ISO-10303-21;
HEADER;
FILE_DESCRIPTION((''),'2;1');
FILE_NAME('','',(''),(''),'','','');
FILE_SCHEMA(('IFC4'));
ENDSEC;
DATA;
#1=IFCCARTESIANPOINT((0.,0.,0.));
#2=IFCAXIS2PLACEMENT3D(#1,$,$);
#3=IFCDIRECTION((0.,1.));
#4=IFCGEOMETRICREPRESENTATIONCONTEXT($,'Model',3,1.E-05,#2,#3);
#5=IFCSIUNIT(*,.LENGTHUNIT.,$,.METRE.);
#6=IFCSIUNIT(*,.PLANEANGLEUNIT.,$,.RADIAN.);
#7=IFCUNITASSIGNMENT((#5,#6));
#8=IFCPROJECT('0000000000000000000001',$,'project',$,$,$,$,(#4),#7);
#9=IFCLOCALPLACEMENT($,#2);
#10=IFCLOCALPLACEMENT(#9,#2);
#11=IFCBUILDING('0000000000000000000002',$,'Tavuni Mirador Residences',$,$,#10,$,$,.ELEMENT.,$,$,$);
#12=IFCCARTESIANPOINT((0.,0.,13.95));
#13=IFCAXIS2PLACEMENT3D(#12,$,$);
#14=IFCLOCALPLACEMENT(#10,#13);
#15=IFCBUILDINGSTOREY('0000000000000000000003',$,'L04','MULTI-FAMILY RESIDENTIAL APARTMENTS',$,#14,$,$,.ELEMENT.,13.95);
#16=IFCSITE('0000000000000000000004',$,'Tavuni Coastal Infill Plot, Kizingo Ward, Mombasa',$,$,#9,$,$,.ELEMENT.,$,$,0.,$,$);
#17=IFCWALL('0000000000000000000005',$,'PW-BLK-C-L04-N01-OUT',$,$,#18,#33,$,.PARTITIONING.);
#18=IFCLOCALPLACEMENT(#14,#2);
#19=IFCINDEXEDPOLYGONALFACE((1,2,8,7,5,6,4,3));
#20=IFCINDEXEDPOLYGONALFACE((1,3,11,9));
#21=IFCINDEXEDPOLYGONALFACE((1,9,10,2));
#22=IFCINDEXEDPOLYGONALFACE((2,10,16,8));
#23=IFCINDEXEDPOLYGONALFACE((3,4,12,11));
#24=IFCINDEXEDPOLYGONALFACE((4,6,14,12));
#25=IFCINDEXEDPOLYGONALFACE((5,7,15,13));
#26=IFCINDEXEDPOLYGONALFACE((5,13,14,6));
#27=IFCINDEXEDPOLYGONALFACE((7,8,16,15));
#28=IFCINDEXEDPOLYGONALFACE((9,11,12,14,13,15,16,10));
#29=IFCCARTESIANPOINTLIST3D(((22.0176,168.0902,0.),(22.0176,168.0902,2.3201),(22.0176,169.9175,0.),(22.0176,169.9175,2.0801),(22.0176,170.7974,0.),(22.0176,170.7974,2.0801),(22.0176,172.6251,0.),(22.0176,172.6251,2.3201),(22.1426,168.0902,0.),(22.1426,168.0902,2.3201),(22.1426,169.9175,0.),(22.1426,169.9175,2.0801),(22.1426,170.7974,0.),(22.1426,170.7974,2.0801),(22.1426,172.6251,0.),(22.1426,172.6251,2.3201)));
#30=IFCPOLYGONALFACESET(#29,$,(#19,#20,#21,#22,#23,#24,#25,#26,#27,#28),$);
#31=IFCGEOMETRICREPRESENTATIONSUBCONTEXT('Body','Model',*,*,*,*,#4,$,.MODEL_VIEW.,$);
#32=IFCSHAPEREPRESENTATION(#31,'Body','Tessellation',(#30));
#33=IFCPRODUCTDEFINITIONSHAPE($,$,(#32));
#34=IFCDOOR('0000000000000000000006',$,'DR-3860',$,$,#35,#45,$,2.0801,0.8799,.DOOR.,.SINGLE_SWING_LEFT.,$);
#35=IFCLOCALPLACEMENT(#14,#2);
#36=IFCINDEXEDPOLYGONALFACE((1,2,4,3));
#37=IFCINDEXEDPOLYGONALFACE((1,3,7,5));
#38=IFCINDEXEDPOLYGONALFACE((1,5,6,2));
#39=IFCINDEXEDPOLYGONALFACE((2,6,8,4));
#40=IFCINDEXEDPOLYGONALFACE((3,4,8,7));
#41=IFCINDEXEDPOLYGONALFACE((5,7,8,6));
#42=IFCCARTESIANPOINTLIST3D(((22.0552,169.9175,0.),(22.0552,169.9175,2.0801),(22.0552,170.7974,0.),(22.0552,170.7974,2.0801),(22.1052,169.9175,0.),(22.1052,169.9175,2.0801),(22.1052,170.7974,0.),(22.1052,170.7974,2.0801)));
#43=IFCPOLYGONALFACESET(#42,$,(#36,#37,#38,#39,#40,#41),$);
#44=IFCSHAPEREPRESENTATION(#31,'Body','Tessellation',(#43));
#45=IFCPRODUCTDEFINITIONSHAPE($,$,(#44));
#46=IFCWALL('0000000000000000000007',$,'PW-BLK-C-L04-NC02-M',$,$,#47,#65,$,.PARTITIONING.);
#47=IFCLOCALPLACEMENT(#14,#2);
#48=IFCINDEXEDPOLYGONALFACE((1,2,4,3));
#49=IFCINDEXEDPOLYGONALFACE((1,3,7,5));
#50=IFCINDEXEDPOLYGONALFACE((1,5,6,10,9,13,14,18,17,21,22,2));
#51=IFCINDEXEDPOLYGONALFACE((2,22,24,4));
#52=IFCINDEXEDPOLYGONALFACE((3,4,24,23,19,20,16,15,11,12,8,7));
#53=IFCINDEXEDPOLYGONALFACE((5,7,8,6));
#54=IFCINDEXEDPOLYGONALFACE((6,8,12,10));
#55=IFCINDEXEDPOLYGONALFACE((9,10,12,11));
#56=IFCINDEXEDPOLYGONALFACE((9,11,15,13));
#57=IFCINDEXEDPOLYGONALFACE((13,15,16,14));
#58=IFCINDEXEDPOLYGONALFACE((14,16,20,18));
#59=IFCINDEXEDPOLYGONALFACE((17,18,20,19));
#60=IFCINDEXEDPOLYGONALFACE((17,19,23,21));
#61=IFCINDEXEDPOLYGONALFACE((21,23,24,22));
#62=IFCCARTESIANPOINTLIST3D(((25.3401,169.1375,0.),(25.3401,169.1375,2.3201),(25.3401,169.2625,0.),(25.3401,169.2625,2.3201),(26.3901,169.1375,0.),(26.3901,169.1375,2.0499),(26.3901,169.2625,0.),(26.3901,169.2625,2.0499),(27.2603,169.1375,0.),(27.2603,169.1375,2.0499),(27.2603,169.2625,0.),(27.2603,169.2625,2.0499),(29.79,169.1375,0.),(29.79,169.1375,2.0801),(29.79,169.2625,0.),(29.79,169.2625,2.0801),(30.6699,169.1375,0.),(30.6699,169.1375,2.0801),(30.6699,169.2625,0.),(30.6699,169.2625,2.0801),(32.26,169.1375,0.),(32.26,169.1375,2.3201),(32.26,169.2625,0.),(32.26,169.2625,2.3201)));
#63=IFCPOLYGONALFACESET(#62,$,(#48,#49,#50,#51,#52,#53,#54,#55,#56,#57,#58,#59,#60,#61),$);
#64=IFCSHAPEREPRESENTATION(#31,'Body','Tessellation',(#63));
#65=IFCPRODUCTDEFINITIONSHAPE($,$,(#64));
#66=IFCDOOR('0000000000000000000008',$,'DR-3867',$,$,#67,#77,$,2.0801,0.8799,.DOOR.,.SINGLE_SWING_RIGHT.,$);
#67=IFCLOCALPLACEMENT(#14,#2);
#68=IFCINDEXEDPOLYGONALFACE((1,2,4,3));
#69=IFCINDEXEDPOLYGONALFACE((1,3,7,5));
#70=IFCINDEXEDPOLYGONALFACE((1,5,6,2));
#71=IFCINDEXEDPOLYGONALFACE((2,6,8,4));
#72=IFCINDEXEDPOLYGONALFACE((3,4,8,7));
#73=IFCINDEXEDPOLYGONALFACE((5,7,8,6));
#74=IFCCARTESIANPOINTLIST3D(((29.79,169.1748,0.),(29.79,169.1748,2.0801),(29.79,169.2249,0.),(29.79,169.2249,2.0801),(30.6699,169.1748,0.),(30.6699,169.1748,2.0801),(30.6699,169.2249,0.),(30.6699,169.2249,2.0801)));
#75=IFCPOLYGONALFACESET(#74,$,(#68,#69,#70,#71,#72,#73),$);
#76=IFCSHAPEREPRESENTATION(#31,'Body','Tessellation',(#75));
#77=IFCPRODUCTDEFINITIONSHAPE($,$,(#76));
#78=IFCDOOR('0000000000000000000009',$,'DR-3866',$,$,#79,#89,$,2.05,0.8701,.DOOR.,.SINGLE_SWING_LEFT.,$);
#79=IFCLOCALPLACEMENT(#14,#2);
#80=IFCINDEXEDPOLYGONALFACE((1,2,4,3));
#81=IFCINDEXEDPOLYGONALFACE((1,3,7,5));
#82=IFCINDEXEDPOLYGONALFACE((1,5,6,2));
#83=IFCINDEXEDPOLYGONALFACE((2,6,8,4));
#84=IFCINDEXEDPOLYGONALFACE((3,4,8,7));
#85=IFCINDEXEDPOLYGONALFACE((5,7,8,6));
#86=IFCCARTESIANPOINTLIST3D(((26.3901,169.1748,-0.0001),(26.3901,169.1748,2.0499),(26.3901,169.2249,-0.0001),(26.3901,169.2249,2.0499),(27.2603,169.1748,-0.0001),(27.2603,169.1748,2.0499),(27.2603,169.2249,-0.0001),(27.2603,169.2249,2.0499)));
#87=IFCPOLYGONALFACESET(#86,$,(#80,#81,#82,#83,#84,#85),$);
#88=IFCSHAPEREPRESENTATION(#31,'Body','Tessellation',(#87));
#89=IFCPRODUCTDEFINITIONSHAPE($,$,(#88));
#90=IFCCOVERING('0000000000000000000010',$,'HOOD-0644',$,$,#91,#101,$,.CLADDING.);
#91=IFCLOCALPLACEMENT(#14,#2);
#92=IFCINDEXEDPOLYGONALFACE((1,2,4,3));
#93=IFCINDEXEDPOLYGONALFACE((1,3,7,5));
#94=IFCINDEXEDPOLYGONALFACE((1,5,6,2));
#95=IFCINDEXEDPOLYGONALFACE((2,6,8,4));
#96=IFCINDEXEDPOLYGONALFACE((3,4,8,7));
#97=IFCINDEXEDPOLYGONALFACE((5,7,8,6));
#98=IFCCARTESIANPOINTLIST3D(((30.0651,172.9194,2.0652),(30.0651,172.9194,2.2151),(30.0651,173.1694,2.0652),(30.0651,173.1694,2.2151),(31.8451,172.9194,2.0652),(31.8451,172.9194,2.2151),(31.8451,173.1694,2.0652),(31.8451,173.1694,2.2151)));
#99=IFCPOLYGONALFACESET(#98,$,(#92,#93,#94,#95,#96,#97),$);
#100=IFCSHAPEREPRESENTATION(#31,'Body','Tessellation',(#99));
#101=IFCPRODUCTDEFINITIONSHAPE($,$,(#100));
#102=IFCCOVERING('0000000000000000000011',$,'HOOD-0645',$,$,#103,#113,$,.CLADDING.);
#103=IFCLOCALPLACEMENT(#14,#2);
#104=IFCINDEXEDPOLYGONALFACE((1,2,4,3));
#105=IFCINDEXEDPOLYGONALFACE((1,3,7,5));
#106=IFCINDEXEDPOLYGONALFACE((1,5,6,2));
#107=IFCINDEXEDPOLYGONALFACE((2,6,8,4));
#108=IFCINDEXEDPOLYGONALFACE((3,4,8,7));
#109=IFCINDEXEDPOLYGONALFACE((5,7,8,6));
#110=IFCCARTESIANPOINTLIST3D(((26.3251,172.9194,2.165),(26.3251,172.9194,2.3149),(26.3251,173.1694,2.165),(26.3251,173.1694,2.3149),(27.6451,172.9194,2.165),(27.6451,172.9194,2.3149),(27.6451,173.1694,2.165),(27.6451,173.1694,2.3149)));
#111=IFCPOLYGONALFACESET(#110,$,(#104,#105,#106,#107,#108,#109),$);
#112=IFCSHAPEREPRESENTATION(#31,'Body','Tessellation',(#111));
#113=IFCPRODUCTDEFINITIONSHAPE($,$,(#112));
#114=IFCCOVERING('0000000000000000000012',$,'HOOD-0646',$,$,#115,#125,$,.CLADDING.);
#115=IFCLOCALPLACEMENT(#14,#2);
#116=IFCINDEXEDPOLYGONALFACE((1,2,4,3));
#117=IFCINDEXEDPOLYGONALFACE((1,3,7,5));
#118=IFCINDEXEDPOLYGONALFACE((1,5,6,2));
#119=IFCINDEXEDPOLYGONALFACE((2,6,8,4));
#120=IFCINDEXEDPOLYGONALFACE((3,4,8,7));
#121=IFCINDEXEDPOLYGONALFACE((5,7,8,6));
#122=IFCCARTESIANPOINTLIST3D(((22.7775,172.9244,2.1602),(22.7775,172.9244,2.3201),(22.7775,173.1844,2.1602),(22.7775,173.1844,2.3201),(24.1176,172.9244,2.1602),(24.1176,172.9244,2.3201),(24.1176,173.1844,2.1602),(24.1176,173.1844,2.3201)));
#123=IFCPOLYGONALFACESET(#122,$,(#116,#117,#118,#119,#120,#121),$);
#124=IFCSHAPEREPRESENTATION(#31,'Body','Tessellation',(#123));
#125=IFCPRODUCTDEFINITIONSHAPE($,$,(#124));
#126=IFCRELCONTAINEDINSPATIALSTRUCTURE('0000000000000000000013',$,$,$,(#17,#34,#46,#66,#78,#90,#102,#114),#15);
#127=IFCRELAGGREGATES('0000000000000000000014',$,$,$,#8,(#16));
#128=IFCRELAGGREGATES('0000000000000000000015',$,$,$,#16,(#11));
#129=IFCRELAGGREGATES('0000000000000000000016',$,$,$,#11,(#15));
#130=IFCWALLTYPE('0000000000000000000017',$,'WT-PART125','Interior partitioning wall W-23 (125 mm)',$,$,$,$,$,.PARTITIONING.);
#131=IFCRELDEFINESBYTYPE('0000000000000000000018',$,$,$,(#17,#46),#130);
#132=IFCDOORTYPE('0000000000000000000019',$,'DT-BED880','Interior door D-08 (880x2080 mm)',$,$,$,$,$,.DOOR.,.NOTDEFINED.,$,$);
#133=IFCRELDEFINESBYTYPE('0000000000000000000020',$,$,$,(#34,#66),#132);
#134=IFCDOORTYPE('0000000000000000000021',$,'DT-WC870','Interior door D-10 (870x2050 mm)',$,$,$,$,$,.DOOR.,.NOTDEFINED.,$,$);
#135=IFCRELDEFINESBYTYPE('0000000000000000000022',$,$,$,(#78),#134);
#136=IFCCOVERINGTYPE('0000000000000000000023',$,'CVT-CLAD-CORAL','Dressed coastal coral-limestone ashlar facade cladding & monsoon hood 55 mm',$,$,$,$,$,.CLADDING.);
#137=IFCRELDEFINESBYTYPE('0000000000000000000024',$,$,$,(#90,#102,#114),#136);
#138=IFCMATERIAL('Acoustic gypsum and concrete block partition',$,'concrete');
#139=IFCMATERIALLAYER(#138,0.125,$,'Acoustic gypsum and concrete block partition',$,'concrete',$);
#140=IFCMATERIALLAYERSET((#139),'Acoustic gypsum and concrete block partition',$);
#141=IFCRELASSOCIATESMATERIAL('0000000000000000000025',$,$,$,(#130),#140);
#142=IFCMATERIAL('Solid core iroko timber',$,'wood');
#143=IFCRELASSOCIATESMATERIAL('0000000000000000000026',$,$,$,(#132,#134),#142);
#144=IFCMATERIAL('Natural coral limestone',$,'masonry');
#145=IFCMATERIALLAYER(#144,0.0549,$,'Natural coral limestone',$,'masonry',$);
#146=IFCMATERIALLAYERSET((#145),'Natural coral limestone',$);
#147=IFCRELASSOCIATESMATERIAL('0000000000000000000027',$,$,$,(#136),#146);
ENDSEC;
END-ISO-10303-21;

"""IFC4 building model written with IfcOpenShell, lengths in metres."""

from ifc_helpers import new_model, si_unit, direction, frame, frame_2d, origin, origin_2d, place, context, subcontext, project, spatial, rectangle, extrude, material, layer, layer_set, type_object, element, fill, save


model = new_model("IFC4")

# Units and contexts
model_context = context("Model", 3, precision=1e-05, world=origin(), true_north=direction((0.0, 1.0)))
body_context = subcontext(model_context, "Body", "Model", "MODEL_VIEW")
ifc_project = project(units=[si_unit("LENGTHUNIT", "METRE"), si_unit("PLANEANGLEUNIT", "RADIAN")], contexts=[model_context])

# Site, building, storey
site_placement = place(None, origin())
site = spatial("IfcSite", under=ifc_project, at=site_placement, Name="Tavuni Coastal Infill Plot, Kizingo Ward, Mombasa", CompositionType="ELEMENT", RefElevation=0.0)
building_placement = place(site_placement, origin())
building = spatial("IfcBuilding", under=site, at=building_placement, Name="Tavuni Mirador Residences", CompositionType="ELEMENT")
storey_placement = place(building_placement, frame((0.0, 0.0, 13.95)))
storey = spatial("IfcBuildingStorey", under=building, at=storey_placement, Name="L04", Description="MULTI-FAMILY RESIDENTIAL APARTMENTS", CompositionType="ELEMENT", Elevation=13.95)

# Wall, opening, door
ifc_material_1 = material(Name="Acoustic gypsum and concrete block partition", Category="concrete")
ifc_layer_1 = layer(ifc_material_1, 0.125, Name="Acoustic gypsum and concrete block partition", Category="concrete")
ifc_layer_set_1 = layer_set([ifc_layer_1], Name="Acoustic gypsum and concrete block partition")
wall_type_1 = type_object("IfcWallType", Name="WT-PART125", Description="Interior partitioning wall W-23 (125 mm)", PredefinedType="PARTITIONING", material=ifc_layer_set_1)
wall_1_placement = place(storey_placement, frame((22.0801, 168.0901, 0.0), z_axis=(0.0, 0.0, 1.0), x_axis=(0.0, 1.0, 0.0)))
wall_1 = element("IfcWall", 1, at=wall_1_placement, inside=storey, type_object=wall_type_1, Name="PW-BLK-C-L04-N01-OUT", PredefinedType="PARTITIONING", context=body_context, shape_type="SweptSolid", body=[
    extrude(rectangle(XDim=4.5349, YDim=0.125, at=frame_2d((2.2676, 0.0))), origin(), (0.0, 0.0, 1.0), 2.3201),
])
opening_1_placement = place(wall_1_placement, frame((1.8274, 0.0, 0.0)))
opening_1 = element("IfcOpeningElement", 2, at=opening_1_placement, cuts=wall_1, PredefinedType="OPENING", context=body_context, shape_type="SweptSolid", body=[
    extrude(rectangle(XDim=0.8799, YDim=2.0801, at=frame_2d((0.4399, 1.04))), frame((0.0, 0.0725, 0.0), z_axis=(0.0, -1.0, 0.0), x_axis=(1.0, 0.0, 0.0)), (0.0, 0.0, 1.0), 0.145),
])
ifc_material_2 = material(Name="Solid core iroko timber", Category="wood")
door_type_1 = type_object("IfcDoorType", Name="DT-BED880", Description="Interior door D-08 (880x2080 mm)", OperationType="NOTDEFINED", PredefinedType="DOOR", material=ifc_material_2)
door_1_placement = place(opening_1_placement, origin())
door_1 = element("IfcDoor", 3, at=door_1_placement, inside=storey, type_object=door_type_1, Name="DR-3860", OperationType="SINGLE_SWING_LEFT", OverallHeight=2.0801, OverallWidth=0.8799, PredefinedType="DOOR", context=body_context, shape_type="SweptSolid", body=[
    extrude(rectangle(XDim=0.8799, YDim=2.0801, at=frame_2d((0.4399, 1.04))), frame((0.0, 0.0249, 0.0), z_axis=(0.0, -1.0, 0.0), x_axis=(1.0, 0.0, 0.0)), (0.0, 0.0, 1.0), 0.05),
])
fill(opening_1, door_1)

# Wall, openings, doors
wall_2_placement = place(storey_placement, frame((25.3401, 169.2, 0.0), z_axis=(0.0, 0.0, 1.0), x_axis=(1.0, 0.0, 0.0)))
wall_2 = element("IfcWall", 4, at=wall_2_placement, inside=storey, type_object=wall_type_1, Name="PW-BLK-C-L04-NC02-M", PredefinedType="PARTITIONING", context=body_context, shape_type="SweptSolid", body=[
    extrude(rectangle(XDim=6.9199, YDim=0.125, at=frame_2d((3.46, 0.0))), origin(), (0.0, 0.0, 1.0), 2.3201),
])
opening_2_placement = place(wall_2_placement, frame((1.05, 0.0, 0.0)))
opening_2 = element("IfcOpeningElement", 5, at=opening_2_placement, cuts=wall_2, PredefinedType="OPENING", context=body_context, shape_type="SweptSolid", body=[
    extrude(rectangle(XDim=0.8701, YDim=2.05, at=frame_2d((0.4351, 1.0249))), frame((0.0, 0.0725, 0.0), z_axis=(0.0, -1.0, 0.0), x_axis=(1.0, 0.0, 0.0)), (0.0, 0.0, 1.0), 0.145),
])
opening_3_placement = place(wall_2_placement, frame((4.45, 0.0, 0.0)))
opening_3 = element("IfcOpeningElement", 6, at=opening_3_placement, cuts=wall_2, PredefinedType="OPENING", context=body_context, shape_type="SweptSolid", body=[
    extrude(rectangle(XDim=0.8799, YDim=2.0801, at=frame_2d((0.4399, 1.04))), frame((0.0, 0.0725, 0.0), z_axis=(0.0, -1.0, 0.0), x_axis=(1.0, 0.0, 0.0)), (0.0, 0.0, 1.0), 0.145),
])
door_2_placement = place(opening_3_placement, origin())
door_2 = element("IfcDoor", 7, at=door_2_placement, inside=storey, type_object=door_type_1, Name="DR-3867", OperationType="SINGLE_SWING_RIGHT", OverallHeight=2.0801, OverallWidth=0.8799, PredefinedType="DOOR", context=body_context, shape_type="SweptSolid", body=[
    extrude(rectangle(XDim=0.8799, YDim=2.0801, at=frame_2d((0.4399, 1.04))), frame((0.0, 0.0249, 0.0), z_axis=(0.0, -1.0, 0.0), x_axis=(1.0, 0.0, 0.0)), (0.0, 0.0, 1.0), 0.05),
])
fill(opening_3, door_2)
door_type_2 = type_object("IfcDoorType", Name="DT-WC870", Description="Interior door D-10 (870x2050 mm)", OperationType="NOTDEFINED", PredefinedType="DOOR", material=ifc_material_2)
door_3_placement = place(opening_2_placement, origin())
door_3 = element("IfcDoor", 8, at=door_3_placement, inside=storey, type_object=door_type_2, Name="DR-3866", OperationType="SINGLE_SWING_LEFT", OverallHeight=2.05, OverallWidth=0.8701, PredefinedType="DOOR", context=body_context, shape_type="SweptSolid", body=[
    extrude(rectangle(XDim=0.8701, YDim=2.05, at=frame_2d((0.4351, 1.0249))), frame((0.0, 0.0249, 0.0), z_axis=(0.0, -1.0, 0.0), x_axis=(1.0, 0.0, 0.0)), (0.0, 0.0, 1.0), 0.05),
])
fill(opening_2, door_3)

# Coverings
ifc_material_3 = material(Name="Natural coral limestone", Category="masonry")
ifc_layer_2 = layer(ifc_material_3, 0.0549, Name="Natural coral limestone", Category="masonry")
ifc_layer_set_2 = layer_set([ifc_layer_2], Name="Natural coral limestone")
covering_type = type_object("IfcCoveringType", Name="CVT-CLAD-CORAL", Description="Dressed coastal coral-limestone ashlar facade cladding & monsoon hood 55 mm", PredefinedType="CLADDING", material=ifc_layer_set_2)
covering_1_placement = place(storey_placement, frame((30.9551, 173.0444, 2.0652), z_axis=(0.0, 0.0, 1.0), x_axis=(-1.0, 0.0, 0.0)))
element("IfcCovering", 9, at=covering_1_placement, inside=storey, type_object=covering_type, Name="HOOD-0644", PredefinedType="CLADDING", context=body_context, shape_type="SweptSolid", body=[
    extrude(rectangle(XDim=1.78, YDim=0.25, at=origin_2d()), origin(), (0.0, 0.0, 1.0), 0.1499),
])
covering_2_placement = place(storey_placement, frame((26.9851, 173.0444, 2.165), z_axis=(0.0, 0.0, 1.0), x_axis=(-1.0, 0.0, 0.0)))
element("IfcCovering", 10, at=covering_2_placement, inside=storey, type_object=covering_type, Name="HOOD-0645", PredefinedType="CLADDING", context=body_context, shape_type="SweptSolid", body=[
    extrude(rectangle(XDim=1.3201, YDim=0.25, at=origin_2d()), origin(), (0.0, 0.0, 1.0), 0.1499),
])
covering_3_placement = place(storey_placement, frame((23.4475, 173.0544, 2.1602), z_axis=(0.0, 0.0, 1.0), x_axis=(-1.0, 0.0, 0.0)))
element("IfcCovering", 11, at=covering_3_placement, inside=storey, type_object=covering_type, Name="HOOD-0646", PredefinedType="CLADDING", context=body_context, shape_type="SweptSolid", body=[
    extrude(rectangle(XDim=1.3401, YDim=0.26, at=origin_2d()), origin(), (0.0, 0.0, 1.0), 0.1599),
])

save(model, "model.ifc")
